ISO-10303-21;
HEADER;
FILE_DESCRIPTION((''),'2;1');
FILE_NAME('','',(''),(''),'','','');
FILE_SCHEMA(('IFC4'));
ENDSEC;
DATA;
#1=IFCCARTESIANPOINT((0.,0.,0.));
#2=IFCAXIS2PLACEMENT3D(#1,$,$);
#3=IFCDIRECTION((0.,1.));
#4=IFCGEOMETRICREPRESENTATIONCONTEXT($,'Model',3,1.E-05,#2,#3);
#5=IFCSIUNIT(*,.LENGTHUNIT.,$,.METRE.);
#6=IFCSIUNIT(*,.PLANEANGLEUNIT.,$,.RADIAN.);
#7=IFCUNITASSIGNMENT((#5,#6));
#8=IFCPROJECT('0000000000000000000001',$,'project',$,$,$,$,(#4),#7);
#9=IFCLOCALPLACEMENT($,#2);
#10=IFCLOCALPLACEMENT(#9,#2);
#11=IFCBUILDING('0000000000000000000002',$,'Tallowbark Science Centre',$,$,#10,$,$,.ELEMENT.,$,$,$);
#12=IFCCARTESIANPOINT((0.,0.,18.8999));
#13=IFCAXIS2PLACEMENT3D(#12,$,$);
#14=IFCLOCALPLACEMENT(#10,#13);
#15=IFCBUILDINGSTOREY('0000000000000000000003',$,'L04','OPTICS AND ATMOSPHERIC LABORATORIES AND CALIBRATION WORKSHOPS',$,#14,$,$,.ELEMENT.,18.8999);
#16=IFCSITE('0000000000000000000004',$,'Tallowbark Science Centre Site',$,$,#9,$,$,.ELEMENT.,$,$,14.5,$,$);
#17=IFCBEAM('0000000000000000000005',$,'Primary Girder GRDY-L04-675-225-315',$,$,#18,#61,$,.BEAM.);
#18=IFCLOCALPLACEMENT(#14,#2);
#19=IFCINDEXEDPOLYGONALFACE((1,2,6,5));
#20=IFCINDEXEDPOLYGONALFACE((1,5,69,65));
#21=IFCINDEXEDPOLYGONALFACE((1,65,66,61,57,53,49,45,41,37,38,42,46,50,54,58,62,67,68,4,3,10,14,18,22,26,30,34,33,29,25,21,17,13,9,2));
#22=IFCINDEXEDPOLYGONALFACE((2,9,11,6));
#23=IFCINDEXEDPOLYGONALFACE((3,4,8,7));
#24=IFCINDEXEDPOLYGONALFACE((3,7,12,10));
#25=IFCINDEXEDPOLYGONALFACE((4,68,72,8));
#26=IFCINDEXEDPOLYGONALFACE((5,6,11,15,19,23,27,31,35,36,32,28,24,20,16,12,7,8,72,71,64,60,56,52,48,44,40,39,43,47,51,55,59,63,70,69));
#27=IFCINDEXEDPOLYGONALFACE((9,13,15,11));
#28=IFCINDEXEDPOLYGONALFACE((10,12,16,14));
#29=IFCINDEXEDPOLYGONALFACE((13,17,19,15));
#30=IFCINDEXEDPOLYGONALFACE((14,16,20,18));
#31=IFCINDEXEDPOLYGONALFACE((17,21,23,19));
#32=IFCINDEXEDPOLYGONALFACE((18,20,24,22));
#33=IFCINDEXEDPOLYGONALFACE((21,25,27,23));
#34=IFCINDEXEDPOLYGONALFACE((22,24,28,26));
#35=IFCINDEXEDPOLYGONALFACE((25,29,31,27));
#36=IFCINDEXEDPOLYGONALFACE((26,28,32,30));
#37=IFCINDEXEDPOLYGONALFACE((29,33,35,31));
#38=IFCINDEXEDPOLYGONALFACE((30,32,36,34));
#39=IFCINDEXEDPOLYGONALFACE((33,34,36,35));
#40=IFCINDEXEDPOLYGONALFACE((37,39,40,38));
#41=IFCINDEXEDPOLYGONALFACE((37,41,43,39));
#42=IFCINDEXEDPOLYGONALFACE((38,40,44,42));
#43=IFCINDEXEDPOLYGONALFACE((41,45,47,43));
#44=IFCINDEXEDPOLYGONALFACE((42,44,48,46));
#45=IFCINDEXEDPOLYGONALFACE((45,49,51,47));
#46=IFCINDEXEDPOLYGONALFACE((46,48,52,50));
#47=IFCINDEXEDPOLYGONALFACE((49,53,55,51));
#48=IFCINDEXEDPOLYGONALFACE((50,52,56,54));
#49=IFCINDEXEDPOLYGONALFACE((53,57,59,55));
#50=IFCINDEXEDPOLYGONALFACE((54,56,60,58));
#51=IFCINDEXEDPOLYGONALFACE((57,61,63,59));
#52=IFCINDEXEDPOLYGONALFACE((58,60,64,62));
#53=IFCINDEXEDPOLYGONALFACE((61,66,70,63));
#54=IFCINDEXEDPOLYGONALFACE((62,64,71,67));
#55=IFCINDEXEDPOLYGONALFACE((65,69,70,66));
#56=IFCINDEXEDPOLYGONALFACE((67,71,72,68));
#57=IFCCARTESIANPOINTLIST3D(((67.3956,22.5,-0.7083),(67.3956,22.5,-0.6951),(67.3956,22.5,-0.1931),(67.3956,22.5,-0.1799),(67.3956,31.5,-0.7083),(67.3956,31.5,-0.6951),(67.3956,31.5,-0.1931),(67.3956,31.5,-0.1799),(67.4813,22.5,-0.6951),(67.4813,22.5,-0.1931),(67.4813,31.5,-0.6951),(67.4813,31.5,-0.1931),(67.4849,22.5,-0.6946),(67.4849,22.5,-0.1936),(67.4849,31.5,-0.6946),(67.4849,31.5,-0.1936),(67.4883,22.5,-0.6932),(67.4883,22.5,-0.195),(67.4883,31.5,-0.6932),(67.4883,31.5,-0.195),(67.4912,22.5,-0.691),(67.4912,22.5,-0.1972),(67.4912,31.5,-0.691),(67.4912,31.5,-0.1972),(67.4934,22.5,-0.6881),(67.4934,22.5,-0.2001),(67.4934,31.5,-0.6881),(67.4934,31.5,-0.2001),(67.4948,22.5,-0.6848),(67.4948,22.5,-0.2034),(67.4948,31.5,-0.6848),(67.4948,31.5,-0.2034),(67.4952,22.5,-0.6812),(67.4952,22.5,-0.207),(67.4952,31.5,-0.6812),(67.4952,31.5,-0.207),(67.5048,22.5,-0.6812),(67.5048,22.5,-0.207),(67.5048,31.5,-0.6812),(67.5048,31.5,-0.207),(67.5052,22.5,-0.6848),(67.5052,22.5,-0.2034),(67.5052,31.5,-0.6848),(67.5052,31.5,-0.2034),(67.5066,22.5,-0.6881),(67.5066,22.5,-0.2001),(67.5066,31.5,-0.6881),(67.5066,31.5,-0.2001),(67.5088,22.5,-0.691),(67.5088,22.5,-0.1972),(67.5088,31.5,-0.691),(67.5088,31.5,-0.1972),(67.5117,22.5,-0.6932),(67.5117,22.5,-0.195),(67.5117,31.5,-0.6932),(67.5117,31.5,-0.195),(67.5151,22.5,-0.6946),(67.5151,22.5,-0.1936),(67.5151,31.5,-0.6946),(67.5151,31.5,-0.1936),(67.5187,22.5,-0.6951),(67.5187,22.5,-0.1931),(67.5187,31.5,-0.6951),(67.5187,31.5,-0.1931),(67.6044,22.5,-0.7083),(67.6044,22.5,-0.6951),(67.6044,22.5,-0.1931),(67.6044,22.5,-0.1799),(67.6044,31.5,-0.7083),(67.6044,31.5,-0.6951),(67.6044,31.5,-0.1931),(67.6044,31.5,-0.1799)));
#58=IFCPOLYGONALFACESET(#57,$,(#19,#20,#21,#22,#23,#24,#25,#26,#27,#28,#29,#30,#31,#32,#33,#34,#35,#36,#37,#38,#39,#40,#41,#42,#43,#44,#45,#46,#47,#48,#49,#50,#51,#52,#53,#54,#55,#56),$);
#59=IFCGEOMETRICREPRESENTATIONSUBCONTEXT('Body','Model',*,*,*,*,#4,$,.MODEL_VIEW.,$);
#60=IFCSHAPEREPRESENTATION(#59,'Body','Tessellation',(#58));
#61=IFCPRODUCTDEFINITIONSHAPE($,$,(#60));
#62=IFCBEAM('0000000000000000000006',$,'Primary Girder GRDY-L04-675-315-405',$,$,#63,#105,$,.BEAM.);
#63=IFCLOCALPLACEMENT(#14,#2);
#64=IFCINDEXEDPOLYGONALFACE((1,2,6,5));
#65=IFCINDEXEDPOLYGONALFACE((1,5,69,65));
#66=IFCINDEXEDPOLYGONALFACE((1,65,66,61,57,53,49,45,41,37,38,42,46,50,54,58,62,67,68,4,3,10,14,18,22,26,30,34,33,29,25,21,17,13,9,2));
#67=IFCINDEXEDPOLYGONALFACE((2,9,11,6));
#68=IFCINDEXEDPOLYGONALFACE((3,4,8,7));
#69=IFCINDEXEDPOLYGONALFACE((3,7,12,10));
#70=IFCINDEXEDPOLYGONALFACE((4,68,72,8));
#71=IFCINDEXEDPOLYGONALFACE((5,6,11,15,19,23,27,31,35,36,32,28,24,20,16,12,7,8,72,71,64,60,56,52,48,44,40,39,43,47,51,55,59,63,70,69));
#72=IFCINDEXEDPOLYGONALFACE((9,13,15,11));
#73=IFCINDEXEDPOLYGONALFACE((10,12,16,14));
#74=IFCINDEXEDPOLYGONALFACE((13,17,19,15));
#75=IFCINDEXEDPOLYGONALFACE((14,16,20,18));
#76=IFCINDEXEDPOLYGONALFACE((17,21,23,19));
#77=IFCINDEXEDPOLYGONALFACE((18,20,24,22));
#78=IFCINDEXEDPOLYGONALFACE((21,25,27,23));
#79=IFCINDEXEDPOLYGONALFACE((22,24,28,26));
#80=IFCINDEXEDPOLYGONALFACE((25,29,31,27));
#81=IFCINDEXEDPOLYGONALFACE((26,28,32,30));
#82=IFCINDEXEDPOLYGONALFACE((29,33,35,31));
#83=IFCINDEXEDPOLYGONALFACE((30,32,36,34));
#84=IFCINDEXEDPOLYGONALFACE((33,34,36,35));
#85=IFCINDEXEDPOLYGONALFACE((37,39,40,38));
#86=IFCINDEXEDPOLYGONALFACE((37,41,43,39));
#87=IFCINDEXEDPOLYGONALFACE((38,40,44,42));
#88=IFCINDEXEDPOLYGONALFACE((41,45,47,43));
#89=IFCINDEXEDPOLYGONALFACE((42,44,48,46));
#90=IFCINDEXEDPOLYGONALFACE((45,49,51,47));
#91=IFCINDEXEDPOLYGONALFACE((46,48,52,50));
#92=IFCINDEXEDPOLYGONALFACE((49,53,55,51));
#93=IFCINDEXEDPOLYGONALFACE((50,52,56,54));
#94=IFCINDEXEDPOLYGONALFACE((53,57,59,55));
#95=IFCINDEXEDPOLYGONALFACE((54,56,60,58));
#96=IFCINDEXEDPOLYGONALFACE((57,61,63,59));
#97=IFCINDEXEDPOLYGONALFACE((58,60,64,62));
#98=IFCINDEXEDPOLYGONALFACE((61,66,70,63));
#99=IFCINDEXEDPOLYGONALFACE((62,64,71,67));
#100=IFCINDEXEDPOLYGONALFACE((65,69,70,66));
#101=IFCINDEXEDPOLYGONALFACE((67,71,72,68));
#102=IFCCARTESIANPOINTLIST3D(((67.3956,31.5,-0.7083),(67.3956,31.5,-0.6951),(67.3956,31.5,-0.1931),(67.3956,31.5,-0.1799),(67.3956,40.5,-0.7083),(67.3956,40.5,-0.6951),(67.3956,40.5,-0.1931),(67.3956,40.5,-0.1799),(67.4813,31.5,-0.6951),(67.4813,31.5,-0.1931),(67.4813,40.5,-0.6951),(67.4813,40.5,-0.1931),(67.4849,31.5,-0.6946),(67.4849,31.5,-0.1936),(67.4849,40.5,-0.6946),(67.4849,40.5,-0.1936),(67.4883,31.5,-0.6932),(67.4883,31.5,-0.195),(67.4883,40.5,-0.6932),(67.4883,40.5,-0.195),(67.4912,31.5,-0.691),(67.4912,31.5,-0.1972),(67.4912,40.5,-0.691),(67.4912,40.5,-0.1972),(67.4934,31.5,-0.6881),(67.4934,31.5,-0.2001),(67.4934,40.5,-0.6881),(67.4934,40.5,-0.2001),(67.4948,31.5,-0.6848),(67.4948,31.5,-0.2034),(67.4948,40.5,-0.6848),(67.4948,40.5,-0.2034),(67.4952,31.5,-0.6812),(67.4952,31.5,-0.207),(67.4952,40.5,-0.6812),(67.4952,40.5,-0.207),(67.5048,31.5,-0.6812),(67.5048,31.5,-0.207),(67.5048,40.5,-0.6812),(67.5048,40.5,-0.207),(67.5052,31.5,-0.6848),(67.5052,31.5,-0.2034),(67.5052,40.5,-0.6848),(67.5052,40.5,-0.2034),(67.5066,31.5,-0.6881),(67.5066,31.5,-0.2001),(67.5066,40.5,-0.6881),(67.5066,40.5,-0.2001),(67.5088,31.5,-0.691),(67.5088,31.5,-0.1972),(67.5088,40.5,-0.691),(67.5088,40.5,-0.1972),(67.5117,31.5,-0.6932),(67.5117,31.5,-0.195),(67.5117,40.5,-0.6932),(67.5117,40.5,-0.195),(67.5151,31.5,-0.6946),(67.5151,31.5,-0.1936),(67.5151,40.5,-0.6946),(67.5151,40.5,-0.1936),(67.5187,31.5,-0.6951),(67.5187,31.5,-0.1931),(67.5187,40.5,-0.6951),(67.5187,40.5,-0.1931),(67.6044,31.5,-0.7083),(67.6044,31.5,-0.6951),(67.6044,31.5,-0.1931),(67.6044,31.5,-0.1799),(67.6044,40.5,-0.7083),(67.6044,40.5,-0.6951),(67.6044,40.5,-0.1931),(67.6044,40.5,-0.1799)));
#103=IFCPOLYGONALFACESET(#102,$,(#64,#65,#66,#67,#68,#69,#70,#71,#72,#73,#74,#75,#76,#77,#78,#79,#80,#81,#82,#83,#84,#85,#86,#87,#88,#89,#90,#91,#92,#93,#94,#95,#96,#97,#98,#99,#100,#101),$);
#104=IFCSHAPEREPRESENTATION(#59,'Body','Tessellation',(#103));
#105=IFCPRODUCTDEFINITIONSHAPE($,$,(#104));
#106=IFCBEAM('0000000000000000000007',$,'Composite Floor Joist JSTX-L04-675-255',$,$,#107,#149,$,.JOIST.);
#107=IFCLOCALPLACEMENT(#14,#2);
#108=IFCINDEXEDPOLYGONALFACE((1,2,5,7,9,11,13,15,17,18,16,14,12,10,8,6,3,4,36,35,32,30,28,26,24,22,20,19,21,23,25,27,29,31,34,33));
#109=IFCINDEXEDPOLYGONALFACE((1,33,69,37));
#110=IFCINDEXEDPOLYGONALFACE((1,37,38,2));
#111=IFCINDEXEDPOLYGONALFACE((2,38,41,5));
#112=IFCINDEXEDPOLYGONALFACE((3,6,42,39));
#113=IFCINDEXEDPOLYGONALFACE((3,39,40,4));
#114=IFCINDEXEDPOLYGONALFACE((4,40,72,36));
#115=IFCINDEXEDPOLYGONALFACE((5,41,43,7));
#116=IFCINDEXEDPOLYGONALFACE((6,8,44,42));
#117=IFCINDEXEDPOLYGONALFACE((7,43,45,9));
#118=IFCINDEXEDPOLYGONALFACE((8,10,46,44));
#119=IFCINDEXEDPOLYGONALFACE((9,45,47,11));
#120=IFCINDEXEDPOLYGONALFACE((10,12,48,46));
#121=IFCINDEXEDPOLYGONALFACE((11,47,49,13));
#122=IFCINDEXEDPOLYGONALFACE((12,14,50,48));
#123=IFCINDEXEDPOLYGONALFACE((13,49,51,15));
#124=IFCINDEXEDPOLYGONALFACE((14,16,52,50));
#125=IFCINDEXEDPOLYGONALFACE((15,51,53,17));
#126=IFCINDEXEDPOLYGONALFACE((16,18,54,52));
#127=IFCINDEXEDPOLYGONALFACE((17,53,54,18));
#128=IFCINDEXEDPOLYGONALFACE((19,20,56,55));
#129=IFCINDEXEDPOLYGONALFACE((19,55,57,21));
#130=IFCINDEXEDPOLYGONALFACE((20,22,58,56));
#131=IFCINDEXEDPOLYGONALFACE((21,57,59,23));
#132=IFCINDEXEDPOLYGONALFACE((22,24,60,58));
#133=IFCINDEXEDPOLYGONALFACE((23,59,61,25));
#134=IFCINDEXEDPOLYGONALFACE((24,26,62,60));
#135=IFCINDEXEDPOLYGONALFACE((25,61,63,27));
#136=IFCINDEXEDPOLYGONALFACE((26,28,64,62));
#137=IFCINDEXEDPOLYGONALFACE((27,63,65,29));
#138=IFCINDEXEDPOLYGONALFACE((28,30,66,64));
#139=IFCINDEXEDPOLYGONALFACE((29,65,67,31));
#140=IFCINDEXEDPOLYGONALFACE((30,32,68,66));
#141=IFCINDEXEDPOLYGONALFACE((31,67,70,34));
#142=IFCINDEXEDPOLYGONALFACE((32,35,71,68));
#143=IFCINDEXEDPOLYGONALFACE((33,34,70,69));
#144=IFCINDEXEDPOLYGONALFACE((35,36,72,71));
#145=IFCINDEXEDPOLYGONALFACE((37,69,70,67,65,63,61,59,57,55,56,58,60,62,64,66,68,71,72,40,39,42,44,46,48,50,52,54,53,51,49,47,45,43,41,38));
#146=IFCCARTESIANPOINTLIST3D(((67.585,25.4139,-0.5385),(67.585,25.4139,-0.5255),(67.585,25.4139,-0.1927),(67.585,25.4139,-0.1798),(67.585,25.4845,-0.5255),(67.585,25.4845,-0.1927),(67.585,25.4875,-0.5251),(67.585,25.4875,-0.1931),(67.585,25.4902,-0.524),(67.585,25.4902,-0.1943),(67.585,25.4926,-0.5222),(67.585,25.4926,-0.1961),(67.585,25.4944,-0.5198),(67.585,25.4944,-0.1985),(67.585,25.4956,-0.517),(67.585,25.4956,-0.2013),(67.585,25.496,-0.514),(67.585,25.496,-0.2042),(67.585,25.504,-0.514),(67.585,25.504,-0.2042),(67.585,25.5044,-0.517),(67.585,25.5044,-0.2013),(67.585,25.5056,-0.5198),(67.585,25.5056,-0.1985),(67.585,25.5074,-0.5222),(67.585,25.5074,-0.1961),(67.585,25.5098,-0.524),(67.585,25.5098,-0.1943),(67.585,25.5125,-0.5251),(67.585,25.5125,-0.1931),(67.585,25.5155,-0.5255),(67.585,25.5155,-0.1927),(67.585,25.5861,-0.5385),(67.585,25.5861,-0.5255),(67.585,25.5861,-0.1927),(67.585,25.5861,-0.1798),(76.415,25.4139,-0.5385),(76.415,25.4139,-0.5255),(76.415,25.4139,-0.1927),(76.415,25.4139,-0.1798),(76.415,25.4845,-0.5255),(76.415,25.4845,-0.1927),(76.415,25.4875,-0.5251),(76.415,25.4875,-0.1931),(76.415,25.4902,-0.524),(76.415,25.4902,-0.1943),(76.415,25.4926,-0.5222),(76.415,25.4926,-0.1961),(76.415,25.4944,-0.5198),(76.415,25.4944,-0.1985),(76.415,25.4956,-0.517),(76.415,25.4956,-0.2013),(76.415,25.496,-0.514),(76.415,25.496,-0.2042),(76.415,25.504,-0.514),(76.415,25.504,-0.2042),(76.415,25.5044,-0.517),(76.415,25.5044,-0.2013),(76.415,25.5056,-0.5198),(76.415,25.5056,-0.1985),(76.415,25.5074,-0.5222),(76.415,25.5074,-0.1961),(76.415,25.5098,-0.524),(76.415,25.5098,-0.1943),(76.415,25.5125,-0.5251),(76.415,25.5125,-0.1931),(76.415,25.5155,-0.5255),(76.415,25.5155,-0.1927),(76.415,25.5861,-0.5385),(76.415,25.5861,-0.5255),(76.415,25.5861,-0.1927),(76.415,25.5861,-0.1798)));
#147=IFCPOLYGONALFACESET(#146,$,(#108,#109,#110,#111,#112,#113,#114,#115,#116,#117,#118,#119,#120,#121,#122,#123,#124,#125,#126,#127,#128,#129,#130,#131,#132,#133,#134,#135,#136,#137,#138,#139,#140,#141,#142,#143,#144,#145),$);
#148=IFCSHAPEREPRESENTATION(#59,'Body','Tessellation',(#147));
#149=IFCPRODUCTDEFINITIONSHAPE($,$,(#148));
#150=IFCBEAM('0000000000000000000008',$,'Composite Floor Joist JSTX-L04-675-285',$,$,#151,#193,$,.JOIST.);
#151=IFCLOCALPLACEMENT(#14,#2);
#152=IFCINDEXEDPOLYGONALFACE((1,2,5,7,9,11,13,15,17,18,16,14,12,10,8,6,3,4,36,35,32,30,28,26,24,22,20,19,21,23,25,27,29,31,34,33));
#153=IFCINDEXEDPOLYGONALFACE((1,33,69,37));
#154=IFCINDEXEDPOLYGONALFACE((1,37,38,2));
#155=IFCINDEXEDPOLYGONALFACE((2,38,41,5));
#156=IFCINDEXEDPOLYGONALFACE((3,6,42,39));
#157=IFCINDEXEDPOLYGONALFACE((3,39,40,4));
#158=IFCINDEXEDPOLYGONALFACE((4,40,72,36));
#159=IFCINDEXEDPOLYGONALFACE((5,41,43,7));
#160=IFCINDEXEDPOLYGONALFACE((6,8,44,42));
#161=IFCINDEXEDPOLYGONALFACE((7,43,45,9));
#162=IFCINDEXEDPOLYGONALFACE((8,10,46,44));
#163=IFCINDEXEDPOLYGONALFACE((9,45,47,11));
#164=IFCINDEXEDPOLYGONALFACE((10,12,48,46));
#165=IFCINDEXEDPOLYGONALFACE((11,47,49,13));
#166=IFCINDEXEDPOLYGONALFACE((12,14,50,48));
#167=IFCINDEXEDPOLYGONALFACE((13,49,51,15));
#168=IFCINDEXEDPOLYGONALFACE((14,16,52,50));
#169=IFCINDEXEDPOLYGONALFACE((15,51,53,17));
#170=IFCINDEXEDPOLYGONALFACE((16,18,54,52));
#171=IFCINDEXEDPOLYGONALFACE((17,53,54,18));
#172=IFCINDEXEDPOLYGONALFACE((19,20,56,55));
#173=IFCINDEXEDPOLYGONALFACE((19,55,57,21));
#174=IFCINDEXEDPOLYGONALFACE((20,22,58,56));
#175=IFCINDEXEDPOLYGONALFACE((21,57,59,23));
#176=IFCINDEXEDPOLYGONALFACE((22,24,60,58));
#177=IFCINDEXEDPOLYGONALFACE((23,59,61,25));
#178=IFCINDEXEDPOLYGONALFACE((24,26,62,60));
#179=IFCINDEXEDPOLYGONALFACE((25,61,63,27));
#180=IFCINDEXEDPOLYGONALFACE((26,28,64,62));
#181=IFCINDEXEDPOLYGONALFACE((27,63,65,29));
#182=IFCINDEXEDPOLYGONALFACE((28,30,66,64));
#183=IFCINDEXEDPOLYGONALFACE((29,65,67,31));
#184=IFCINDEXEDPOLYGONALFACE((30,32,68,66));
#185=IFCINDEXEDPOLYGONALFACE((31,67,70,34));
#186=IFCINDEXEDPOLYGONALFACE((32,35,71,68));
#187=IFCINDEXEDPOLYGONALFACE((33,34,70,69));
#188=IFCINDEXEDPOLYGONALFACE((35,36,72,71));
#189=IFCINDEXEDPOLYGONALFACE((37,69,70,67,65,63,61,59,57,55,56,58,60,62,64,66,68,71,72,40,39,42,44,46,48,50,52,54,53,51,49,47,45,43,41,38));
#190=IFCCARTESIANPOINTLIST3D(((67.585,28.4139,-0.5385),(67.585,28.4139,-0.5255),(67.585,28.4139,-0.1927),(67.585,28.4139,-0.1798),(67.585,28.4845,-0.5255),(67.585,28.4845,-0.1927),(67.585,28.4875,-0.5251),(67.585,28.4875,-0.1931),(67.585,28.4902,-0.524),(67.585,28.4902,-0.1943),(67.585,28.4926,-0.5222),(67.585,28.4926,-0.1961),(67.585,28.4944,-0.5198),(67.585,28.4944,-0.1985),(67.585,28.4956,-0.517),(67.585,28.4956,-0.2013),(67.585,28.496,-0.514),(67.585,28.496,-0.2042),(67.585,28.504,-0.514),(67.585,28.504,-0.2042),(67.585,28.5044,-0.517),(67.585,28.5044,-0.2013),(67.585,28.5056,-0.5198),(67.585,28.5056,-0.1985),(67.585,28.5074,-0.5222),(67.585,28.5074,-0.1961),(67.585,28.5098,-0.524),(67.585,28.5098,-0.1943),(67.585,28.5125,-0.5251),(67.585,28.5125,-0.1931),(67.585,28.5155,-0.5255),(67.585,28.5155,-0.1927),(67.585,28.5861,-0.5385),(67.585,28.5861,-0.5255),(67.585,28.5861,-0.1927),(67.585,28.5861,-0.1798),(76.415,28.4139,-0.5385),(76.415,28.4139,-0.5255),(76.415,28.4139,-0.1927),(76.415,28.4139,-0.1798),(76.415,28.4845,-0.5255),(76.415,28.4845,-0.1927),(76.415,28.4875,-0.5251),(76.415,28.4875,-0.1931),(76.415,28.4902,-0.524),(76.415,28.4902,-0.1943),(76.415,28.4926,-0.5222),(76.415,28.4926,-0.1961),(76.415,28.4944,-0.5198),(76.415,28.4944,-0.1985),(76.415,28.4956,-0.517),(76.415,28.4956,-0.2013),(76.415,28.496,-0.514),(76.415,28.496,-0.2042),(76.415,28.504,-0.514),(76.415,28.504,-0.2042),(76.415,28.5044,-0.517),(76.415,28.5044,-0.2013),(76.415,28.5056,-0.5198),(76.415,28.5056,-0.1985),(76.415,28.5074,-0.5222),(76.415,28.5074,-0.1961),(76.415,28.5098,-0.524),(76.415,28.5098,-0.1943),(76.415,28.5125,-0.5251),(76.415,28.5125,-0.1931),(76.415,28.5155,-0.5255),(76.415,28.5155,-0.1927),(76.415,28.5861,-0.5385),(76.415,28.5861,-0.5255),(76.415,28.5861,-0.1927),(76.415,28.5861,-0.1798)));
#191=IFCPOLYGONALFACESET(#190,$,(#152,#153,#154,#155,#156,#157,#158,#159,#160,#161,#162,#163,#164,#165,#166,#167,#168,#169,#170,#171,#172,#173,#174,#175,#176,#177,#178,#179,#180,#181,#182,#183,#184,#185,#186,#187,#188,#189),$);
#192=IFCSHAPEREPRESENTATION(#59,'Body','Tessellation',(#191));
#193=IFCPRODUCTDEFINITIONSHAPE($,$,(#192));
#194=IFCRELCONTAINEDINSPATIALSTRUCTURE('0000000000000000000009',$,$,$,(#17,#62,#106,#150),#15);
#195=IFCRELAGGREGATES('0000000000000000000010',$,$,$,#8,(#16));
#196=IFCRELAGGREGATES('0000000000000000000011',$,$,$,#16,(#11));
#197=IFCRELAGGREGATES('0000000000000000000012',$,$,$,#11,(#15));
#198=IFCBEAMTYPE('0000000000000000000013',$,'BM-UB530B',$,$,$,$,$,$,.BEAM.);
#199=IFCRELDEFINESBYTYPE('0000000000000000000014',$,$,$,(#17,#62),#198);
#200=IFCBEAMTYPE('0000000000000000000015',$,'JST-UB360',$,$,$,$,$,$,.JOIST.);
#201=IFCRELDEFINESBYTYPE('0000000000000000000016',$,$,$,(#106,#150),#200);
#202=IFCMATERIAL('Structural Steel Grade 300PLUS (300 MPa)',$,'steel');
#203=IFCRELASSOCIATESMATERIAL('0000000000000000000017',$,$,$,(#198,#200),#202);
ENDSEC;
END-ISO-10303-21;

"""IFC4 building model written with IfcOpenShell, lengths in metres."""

from ifc_helpers import new_model, si_unit, direction, frame, origin, origin_2d, place, context, subcontext, project, spatial, i_section, extrude, material, material_profile, profile_set, type_object, element, save


model = new_model("IFC4")

# Units and contexts
model_context = context("Model", 3, precision=1e-05, world=origin(), true_north=direction((0.0, 1.0)))
body_context = subcontext(model_context, "Body", "Model", "MODEL_VIEW")
ifc_project = project(units=[si_unit("LENGTHUNIT", "METRE"), si_unit("PLANEANGLEUNIT", "RADIAN")], contexts=[model_context])

# Site, building, storey
site_placement = place(None, origin())
site = spatial("IfcSite", under=ifc_project, at=site_placement, Name="Tallowbark Science Centre Site", CompositionType="ELEMENT", RefElevation=14.5)
building_placement = place(site_placement, origin())
building = spatial("IfcBuilding", under=site, at=building_placement, Name="Tallowbark Science Centre", CompositionType="ELEMENT")
storey_placement = place(building_placement, frame((0.0, 0.0, 18.8999)))
storey = spatial("IfcBuildingStorey", under=building, at=storey_placement, Name="L04", Description="OPTICS AND ATMOSPHERIC LABORATORIES AND CALIBRATION WORKSHOPS", CompositionType="ELEMENT", Elevation=18.8999)

# Shared definitions
ifc_material_1 = material(Name="Structural Steel Grade 300PLUS (300 MPa)", Category="steel")

# Beams
ifc_material_profile_1 = material_profile(ifc_material_1, i_section(OverallWidth=0.2087, OverallDepth=0.5283, WebThickness=0.0095, FlangeThickness=0.0132, FilletRadius=0.0139, at=origin_2d()), Name="530UB82.0")
ifc_profile_set_1 = profile_set([ifc_material_profile_1], Name="Structural Steel Grade 300PLUS (300 MPa)")
beam_type_1 = type_object("IfcBeamType", Name="BM-UB530B", PredefinedType="BEAM", material=ifc_profile_set_1)
for number, where, z_axis, x_axis, name in (
    (1, (67.5, 22.5, -0.4441), (0.0, 1.0, 0.0), (-1.0, 0.0, 0.0), "Primary Girder GRDY-L04-675-225-315"),
    (2, (67.5, 31.5, -0.4441), (0.0, 1.0, 0.0), (-1.0, 0.0, 0.0), "Primary Girder GRDY-L04-675-315-405"),
):
    element("IfcBeam", number, at=place(storey_placement, frame(where, z_axis=z_axis, x_axis=x_axis)), inside=storey, type_object=beam_type_1, Name=name, PredefinedType="BEAM", context=body_context, shape_type="SweptSolid", body=[
        extrude(i_section(OverallWidth=0.2087, OverallDepth=0.5283, WebThickness=0.0095, FlangeThickness=0.0132, FilletRadius=0.0139, at=origin_2d()), origin(), (0.0, 0.0, 1.0), 9.0),
    ])
ifc_material_profile_2 = material_profile(ifc_material_1, i_section(OverallWidth=0.1721, OverallDepth=0.3586, WebThickness=0.0081, FlangeThickness=0.0129, FilletRadius=0.0115, at=origin_2d()), Name="360UB56.7")
ifc_profile_set_2 = profile_set([ifc_material_profile_2], Name="Structural Steel Grade 300PLUS (300 MPa)")
beam_type_2 = type_object("IfcBeamType", Name="JST-UB360", PredefinedType="JOIST", material=ifc_profile_set_2)
for number, where, z_axis, x_axis, name in (
    (3, (67.585, 25.5, -0.3591), (1.0, 0.0, 0.0), (0.0, 1.0, 0.0), "Composite Floor Joist JSTX-L04-675-255"),
    (4, (67.585, 28.5, -0.3591), (1.0, 0.0, 0.0), (0.0, 1.0, 0.0), "Composite Floor Joist JSTX-L04-675-285"),
):
    element("IfcBeam", number, at=place(storey_placement, frame(where, z_axis=z_axis, x_axis=x_axis)), inside=storey, type_object=beam_type_2, Name=name, PredefinedType="JOIST", context=body_context, shape_type="SweptSolid", body=[
        extrude(i_section(OverallWidth=0.1721, OverallDepth=0.3586, WebThickness=0.0081, FlangeThickness=0.0129, FilletRadius=0.0115, at=origin_2d()), origin(), (0.0, 0.0, 1.0), 8.8301),
    ])

save(model, "model.ifc")
